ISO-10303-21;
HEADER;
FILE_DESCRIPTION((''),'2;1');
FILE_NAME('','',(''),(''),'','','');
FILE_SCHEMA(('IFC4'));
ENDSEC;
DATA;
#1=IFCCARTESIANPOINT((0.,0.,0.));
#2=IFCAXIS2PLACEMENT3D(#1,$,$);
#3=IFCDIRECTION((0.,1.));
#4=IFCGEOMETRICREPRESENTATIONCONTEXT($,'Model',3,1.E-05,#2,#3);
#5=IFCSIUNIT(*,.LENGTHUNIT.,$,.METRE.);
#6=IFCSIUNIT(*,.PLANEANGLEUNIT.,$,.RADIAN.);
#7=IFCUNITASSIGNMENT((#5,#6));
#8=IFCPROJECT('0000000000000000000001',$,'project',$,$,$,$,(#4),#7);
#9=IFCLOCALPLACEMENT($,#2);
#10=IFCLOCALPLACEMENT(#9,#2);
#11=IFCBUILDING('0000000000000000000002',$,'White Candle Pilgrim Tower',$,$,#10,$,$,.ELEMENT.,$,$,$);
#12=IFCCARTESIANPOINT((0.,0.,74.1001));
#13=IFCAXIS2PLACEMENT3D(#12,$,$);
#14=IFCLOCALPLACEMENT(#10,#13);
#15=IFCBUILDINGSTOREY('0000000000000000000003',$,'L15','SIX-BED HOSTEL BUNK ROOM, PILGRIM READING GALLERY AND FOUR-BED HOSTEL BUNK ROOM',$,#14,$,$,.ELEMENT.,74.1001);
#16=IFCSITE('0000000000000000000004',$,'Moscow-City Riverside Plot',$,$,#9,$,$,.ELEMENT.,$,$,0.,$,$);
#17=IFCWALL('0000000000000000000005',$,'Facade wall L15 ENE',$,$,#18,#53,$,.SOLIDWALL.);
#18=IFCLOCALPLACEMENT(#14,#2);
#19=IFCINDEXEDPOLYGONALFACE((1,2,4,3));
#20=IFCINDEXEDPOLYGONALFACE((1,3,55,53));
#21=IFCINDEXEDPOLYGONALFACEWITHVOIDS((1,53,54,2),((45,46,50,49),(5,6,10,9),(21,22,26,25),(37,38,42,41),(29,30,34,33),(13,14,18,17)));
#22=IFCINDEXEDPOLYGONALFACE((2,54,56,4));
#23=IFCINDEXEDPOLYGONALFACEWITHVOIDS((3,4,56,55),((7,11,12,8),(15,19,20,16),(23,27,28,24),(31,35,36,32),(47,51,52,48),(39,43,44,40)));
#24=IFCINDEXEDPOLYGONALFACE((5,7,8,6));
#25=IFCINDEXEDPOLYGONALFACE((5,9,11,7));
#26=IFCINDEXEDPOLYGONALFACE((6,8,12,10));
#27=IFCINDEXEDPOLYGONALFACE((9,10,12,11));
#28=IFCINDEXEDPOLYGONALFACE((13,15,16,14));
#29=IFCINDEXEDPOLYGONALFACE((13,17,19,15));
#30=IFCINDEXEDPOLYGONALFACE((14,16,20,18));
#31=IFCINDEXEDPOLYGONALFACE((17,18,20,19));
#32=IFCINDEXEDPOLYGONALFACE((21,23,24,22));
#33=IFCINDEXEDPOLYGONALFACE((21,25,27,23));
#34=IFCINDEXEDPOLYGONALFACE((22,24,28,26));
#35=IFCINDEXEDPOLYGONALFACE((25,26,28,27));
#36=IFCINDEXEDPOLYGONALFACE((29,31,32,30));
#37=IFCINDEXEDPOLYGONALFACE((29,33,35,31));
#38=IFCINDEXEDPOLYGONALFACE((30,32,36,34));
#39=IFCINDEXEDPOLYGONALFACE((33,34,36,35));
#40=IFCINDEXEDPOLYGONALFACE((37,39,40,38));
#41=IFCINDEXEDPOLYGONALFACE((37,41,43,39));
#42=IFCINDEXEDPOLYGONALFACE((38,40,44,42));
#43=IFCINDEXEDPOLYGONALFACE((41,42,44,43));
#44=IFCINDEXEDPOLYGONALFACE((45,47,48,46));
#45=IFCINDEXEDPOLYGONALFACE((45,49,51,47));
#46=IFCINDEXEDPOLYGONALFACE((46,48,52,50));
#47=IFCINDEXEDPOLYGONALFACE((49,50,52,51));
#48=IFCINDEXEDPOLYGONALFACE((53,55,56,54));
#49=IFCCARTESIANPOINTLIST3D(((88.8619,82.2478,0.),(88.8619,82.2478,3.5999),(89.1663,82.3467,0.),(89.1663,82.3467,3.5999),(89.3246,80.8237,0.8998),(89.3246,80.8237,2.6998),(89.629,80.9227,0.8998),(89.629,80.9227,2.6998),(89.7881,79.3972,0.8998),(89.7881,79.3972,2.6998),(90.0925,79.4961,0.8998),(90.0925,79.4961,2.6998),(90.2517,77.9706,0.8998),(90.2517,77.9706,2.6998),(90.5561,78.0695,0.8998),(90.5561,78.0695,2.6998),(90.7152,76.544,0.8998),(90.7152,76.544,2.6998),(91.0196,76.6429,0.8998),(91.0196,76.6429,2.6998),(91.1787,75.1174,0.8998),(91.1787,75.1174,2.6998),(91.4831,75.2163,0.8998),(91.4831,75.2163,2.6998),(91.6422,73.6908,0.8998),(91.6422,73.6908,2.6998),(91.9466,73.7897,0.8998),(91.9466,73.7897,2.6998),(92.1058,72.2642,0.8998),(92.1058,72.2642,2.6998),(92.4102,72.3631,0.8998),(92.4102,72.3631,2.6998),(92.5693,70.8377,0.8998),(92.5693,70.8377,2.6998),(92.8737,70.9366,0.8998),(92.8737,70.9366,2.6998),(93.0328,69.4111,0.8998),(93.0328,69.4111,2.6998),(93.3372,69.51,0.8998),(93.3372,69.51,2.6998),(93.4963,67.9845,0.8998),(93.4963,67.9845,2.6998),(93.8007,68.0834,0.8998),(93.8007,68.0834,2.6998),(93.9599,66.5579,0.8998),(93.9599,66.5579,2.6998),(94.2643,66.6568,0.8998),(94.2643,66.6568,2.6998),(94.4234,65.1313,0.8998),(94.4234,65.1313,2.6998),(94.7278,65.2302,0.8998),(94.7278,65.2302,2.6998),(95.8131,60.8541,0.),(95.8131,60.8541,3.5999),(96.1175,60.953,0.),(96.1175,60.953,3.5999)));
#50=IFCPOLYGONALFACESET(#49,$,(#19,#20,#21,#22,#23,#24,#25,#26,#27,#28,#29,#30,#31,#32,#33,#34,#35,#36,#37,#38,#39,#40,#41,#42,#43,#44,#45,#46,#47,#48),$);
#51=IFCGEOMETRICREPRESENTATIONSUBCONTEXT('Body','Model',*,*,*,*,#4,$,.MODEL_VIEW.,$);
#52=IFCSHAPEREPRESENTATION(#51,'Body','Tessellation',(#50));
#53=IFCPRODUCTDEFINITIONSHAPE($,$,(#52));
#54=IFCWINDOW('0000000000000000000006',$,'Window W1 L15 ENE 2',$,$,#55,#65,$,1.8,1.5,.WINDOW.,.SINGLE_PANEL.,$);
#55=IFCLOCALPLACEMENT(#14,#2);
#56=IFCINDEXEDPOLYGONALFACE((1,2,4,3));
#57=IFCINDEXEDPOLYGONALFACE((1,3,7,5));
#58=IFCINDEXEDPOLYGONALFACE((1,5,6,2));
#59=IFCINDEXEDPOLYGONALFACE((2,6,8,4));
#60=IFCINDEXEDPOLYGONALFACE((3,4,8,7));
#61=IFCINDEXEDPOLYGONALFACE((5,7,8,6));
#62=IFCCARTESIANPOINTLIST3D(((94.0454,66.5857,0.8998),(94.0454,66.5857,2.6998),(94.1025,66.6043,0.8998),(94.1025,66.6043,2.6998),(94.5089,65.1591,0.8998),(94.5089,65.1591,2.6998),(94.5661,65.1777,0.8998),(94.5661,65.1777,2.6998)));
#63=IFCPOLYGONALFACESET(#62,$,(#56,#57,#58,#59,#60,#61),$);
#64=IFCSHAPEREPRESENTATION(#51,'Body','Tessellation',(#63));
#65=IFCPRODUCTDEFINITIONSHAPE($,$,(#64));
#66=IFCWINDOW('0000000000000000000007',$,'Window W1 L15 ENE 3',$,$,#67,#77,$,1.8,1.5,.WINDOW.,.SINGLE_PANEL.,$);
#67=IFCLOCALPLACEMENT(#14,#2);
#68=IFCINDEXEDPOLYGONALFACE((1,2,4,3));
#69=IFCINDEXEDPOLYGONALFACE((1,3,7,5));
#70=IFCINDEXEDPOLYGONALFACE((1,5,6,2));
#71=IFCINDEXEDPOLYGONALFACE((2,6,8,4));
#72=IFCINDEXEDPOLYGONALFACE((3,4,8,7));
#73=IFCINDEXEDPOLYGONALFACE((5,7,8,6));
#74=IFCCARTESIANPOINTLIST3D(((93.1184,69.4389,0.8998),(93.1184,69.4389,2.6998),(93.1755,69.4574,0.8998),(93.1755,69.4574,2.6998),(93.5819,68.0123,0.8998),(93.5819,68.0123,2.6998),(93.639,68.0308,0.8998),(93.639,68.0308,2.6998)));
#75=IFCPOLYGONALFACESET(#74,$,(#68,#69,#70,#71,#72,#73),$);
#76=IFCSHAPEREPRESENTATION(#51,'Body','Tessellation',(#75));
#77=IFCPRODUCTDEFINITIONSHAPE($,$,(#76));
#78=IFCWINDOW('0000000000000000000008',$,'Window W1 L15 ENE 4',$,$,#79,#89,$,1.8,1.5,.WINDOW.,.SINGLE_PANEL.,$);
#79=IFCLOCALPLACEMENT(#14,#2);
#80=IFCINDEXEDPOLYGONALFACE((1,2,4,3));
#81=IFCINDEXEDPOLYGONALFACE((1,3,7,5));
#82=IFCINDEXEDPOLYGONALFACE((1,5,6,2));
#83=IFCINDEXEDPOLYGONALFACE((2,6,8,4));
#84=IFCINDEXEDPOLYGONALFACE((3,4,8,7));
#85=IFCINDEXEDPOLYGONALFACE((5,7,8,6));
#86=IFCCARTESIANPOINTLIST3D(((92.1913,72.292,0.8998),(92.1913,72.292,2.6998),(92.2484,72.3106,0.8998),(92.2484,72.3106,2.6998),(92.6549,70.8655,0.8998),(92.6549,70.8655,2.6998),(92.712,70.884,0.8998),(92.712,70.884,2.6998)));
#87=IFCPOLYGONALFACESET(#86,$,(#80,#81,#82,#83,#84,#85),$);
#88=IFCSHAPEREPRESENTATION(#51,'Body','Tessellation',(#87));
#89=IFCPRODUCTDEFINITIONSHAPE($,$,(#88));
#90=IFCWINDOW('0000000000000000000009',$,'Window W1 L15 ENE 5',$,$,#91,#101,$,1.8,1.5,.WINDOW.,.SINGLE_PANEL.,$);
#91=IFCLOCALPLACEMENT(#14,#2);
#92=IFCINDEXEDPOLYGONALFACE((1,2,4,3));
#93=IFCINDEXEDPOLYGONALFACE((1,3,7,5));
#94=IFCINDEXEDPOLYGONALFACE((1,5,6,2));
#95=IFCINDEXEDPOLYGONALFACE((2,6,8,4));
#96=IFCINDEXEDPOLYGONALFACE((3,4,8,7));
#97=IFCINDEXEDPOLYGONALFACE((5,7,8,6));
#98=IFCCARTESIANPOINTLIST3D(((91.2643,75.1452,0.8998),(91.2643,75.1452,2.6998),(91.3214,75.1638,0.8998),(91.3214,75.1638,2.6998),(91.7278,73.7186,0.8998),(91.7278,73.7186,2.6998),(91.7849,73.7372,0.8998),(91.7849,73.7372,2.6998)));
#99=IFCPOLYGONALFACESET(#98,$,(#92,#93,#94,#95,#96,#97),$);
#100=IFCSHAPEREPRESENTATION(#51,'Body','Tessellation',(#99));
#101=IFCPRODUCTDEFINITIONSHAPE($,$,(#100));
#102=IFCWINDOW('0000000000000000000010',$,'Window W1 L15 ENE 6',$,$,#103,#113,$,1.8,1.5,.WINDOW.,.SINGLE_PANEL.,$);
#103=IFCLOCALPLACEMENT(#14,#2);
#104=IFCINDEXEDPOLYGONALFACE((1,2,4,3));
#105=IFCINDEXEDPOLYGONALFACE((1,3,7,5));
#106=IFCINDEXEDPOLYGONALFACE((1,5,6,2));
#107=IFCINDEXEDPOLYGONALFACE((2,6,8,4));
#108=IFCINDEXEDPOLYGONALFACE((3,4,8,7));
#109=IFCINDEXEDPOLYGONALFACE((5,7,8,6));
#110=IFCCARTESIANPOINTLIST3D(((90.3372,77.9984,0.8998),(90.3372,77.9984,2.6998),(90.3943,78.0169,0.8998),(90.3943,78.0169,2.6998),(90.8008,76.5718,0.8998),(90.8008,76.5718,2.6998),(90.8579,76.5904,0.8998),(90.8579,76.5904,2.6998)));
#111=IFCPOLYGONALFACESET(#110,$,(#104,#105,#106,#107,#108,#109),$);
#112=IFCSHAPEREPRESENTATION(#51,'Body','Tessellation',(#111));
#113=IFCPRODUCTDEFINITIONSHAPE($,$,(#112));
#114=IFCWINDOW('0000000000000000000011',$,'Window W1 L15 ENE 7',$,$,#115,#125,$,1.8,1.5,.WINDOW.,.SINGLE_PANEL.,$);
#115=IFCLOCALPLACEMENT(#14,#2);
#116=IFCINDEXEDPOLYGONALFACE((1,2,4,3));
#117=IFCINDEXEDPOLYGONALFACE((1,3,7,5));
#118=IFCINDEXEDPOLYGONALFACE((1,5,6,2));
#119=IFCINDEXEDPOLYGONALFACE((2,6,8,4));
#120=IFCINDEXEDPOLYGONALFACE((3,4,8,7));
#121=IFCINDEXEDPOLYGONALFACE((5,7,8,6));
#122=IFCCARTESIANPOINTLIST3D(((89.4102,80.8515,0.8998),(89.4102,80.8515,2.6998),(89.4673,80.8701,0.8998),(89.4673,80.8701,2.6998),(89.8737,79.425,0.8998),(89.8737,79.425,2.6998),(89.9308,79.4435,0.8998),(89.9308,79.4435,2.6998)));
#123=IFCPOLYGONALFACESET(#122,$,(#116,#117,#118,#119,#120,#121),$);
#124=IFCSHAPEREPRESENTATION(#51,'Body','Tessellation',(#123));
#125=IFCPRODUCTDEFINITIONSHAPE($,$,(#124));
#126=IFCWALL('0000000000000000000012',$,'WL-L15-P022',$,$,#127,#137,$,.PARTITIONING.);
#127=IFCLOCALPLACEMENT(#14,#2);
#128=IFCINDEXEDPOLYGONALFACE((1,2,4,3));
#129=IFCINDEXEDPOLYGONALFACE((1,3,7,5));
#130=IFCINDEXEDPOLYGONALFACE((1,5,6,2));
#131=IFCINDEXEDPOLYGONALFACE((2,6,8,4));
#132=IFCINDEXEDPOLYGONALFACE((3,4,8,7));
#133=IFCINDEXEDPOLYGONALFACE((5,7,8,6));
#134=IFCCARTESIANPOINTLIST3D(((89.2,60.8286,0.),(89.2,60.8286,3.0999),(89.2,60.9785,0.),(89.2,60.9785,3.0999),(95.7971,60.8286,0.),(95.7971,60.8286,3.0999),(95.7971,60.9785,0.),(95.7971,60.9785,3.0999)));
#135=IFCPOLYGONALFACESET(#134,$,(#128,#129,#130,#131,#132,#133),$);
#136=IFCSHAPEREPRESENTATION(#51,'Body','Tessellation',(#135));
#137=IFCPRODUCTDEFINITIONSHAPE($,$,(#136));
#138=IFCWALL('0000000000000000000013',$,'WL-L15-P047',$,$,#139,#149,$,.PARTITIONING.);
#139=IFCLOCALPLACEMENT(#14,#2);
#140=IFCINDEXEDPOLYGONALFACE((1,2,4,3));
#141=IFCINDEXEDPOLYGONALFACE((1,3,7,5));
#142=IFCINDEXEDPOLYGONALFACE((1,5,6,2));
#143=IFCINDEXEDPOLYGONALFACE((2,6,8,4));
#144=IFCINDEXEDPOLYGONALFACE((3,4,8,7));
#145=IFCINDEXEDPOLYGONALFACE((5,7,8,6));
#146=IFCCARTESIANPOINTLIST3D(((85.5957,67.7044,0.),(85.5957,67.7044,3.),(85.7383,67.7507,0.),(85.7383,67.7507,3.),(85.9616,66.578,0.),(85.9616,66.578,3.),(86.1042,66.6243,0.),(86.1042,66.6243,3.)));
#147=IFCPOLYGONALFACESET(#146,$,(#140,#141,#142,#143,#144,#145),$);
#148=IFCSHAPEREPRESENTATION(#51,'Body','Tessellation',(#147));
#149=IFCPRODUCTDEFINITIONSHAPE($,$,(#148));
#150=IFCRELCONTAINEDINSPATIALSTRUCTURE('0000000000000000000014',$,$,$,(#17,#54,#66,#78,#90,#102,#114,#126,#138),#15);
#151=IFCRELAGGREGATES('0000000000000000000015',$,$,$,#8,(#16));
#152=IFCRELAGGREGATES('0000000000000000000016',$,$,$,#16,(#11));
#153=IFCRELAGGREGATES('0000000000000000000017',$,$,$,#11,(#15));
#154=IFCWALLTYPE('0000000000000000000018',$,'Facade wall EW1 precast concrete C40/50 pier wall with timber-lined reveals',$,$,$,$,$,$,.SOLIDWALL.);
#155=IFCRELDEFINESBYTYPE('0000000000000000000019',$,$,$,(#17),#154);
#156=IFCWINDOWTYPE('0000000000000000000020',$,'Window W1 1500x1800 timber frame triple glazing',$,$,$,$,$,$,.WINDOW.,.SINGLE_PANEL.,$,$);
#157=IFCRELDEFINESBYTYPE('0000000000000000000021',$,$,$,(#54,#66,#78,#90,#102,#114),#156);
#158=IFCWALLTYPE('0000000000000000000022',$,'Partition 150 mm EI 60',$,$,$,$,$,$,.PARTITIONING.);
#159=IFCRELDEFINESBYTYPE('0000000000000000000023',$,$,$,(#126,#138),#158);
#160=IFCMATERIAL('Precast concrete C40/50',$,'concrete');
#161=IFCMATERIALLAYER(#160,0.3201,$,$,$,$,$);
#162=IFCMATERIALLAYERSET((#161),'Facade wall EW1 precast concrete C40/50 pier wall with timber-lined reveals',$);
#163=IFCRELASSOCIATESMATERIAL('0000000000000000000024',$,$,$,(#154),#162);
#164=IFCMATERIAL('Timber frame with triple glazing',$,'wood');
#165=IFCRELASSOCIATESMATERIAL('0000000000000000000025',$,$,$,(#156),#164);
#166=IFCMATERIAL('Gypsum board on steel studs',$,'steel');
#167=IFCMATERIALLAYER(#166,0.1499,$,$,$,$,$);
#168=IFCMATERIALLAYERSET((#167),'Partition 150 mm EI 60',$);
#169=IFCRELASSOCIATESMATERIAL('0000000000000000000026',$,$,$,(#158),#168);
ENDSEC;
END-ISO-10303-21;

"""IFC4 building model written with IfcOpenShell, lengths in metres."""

from ifc_helpers import new_model, si_unit, direction, frame, frame_2d, origin, place, context, subcontext, project, spatial, rectangle, extrude, material, layer, layer_set, type_object, element, fill, save


model = new_model("IFC4")

# Units and contexts
model_context = context("Model", 3, precision=1e-05, world=origin(), true_north=direction((0.0, 1.0)))
body_context = subcontext(model_context, "Body", "Model", "MODEL_VIEW")
ifc_project = project(units=[si_unit("LENGTHUNIT", "METRE"), si_unit("PLANEANGLEUNIT", "RADIAN")], contexts=[model_context])

# Site, building, storey
site_placement = place(None, origin())
site = spatial("IfcSite", under=ifc_project, at=site_placement, Name="Moscow-City Riverside Plot", CompositionType="ELEMENT", RefElevation=0.0)
building_placement = place(site_placement, origin())
building = spatial("IfcBuilding", under=site, at=building_placement, Name="White Candle Pilgrim Tower", CompositionType="ELEMENT")
storey_placement = place(building_placement, frame((0.0, 0.0, 74.1001)))
storey = spatial("IfcBuildingStorey", under=building, at=storey_placement, Name="L15", Description="SIX-BED HOSTEL BUNK ROOM, PILGRIM READING GALLERY AND FOUR-BED HOSTEL BUNK ROOM", CompositionType="ELEMENT", Elevation=74.1001)

# Shared definitions
ifc_material_1 = material(Name="Gypsum board on steel studs", Category="steel")

# Wall, openings, windows
ifc_material_2 = material(Name="Precast concrete C40/50", Category="concrete")
ifc_layer_1 = layer(ifc_material_2, 0.3201)
ifc_layer_set_1 = layer_set([ifc_layer_1], Name="Facade wall EW1 precast concrete C40/50 pier wall with timber-lined reveals")
wall_type_1 = type_object("IfcWallType", Name="Facade wall EW1 precast concrete C40/50 pier wall with timber-lined reveals", PredefinedType="SOLIDWALL", material=ifc_layer_set_1)
wall_1_placement = place(storey_placement, frame((95.9653, 60.9036, 0.0), z_axis=(0.0, 0.0, 1.0), x_axis=(-0.309016, 0.951057, 0.0)))
wall_1 = element("IfcWall", 1, at=wall_1_placement, inside=storey, type_object=wall_type_1, Name="Facade wall L15 ENE", PredefinedType="SOLIDWALL", context=body_context, shape_type="SweptSolid", body=[
    extrude(rectangle(XDim=22.4946, YDim=0.3201, at=frame_2d((11.2473, 0.0))), origin(), (0.0, 0.0, 1.0), 3.5999),
])
opening_1_placement = place(wall_1_placement, frame((4.4973, 0.0, 0.8999)))
opening_1 = element("IfcOpeningElement", 2, at=opening_1_placement, cuts=wall_1, PredefinedType="OPENING", context=body_context, shape_type="SweptSolid", body=[
    extrude(rectangle(XDim=1.5, YDim=1.8, at=frame_2d((0.75, 0.8999))), frame((0.0, 0.1699, 0.0), z_axis=(0.0, -1.0, 0.0), x_axis=(1.0, 0.0, 0.0)), (0.0, 0.0, 1.0), 0.3401),
])
opening_2_placement = place(wall_1_placement, frame((7.4973, 0.0, 0.8999)))
opening_2 = element("IfcOpeningElement", 3, at=opening_2_placement, cuts=wall_1, PredefinedType="OPENING", context=body_context, shape_type="SweptSolid", body=[
    extrude(rectangle(XDim=1.5, YDim=1.8, at=frame_2d((0.75, 0.8999))), frame((0.0, 0.1699, 0.0), z_axis=(0.0, -1.0, 0.0), x_axis=(1.0, 0.0, 0.0)), (0.0, 0.0, 1.0), 0.3401),
])
opening_3_placement = place(wall_1_placement, frame((10.4973, 0.0, 0.8999)))
opening_3 = element("IfcOpeningElement", 4, at=opening_3_placement, cuts=wall_1, PredefinedType="OPENING", context=body_context, shape_type="SweptSolid", body=[
    extrude(rectangle(XDim=1.5, YDim=1.8, at=frame_2d((0.75, 0.8999))), frame((0.0, 0.1699, 0.0), z_axis=(0.0, -1.0, 0.0), x_axis=(1.0, 0.0, 0.0)), (0.0, 0.0, 1.0), 0.3401),
])
opening_4_placement = place(wall_1_placement, frame((13.4973, 0.0, 0.8999)))
opening_4 = element("IfcOpeningElement", 5, at=opening_4_placement, cuts=wall_1, PredefinedType="OPENING", context=body_context, shape_type="SweptSolid", body=[
    extrude(rectangle(XDim=1.5, YDim=1.8, at=frame_2d((0.75, 0.8999))), frame((0.0, 0.1699, 0.0), z_axis=(0.0, -1.0, 0.0), x_axis=(1.0, 0.0, 0.0)), (0.0, 0.0, 1.0), 0.3401),
])
opening_5_placement = place(wall_1_placement, frame((16.4973, 0.0, 0.8999)))
opening_5 = element("IfcOpeningElement", 6, at=opening_5_placement, cuts=wall_1, PredefinedType="OPENING", context=body_context, shape_type="SweptSolid", body=[
    extrude(rectangle(XDim=1.5, YDim=1.8, at=frame_2d((0.75, 0.8999))), frame((0.0, 0.1699, 0.0), z_axis=(0.0, -1.0, 0.0), x_axis=(1.0, 0.0, 0.0)), (0.0, 0.0, 1.0), 0.3401),
])
opening_6_placement = place(wall_1_placement, frame((19.4973, 0.0, 0.8999)))
opening_6 = element("IfcOpeningElement", 7, at=opening_6_placement, cuts=wall_1, PredefinedType="OPENING", context=body_context, shape_type="SweptSolid", body=[
    extrude(rectangle(XDim=1.5, YDim=1.8, at=frame_2d((0.75, 0.8999))), frame((0.0, 0.1699, 0.0), z_axis=(0.0, -1.0, 0.0), x_axis=(1.0, 0.0, 0.0)), (0.0, 0.0, 1.0), 0.3401),
])
ifc_material_3 = material(Name="Timber frame with triple glazing", Category="wood")
window_type = type_object("IfcWindowType", Name="Window W1 1500x1800 timber frame triple glazing", PartitioningType="SINGLE_PANEL", PredefinedType="WINDOW", material=ifc_material_3)
window_1_placement = place(opening_1_placement, origin())
window_1 = element("IfcWindow", 8, at=window_1_placement, inside=storey, type_object=window_type, Name="Window W1 L15 ENE 2", OverallHeight=1.8, OverallWidth=1.5, PartitioningType="SINGLE_PANEL", PredefinedType="WINDOW", context=body_context, shape_type="SweptSolid", body=[
    extrude(rectangle(XDim=1.5, YDim=1.8, at=frame_2d((0.75, 0.8999))), frame((0.0, 0.0701, 0.0), z_axis=(0.0, -1.0, 0.0), x_axis=(1.0, 0.0, 0.0)), (0.0, 0.0, 1.0), 0.0601),
])
fill(opening_1, window_1)
window_2_placement = place(opening_2_placement, origin())
window_2 = element("IfcWindow", 9, at=window_2_placement, inside=storey, type_object=window_type, Name="Window W1 L15 ENE 3", OverallHeight=1.8, OverallWidth=1.5, PartitioningType="SINGLE_PANEL", PredefinedType="WINDOW", context=body_context, shape_type="SweptSolid", body=[
    extrude(rectangle(XDim=1.5, YDim=1.8, at=frame_2d((0.75, 0.8999))), frame((0.0, 0.0701, 0.0), z_axis=(0.0, -1.0, 0.0), x_axis=(1.0, 0.0, 0.0)), (0.0, 0.0, 1.0), 0.0601),
])
fill(opening_2, window_2)
window_3_placement = place(opening_3_placement, origin())
window_3 = element("IfcWindow", 10, at=window_3_placement, inside=storey, type_object=window_type, Name="Window W1 L15 ENE 4", OverallHeight=1.8, OverallWidth=1.5, PartitioningType="SINGLE_PANEL", PredefinedType="WINDOW", context=body_context, shape_type="SweptSolid", body=[
    extrude(rectangle(XDim=1.5, YDim=1.8, at=frame_2d((0.75, 0.8999))), frame((0.0, 0.0701, 0.0), z_axis=(0.0, -1.0, 0.0), x_axis=(1.0, 0.0, 0.0)), (0.0, 0.0, 1.0), 0.0601),
])
fill(opening_3, window_3)
window_4_placement = place(opening_4_placement, origin())
window_4 = element("IfcWindow", 11, at=window_4_placement, inside=storey, type_object=window_type, Name="Window W1 L15 ENE 5", OverallHeight=1.8, OverallWidth=1.5, PartitioningType="SINGLE_PANEL", PredefinedType="WINDOW", context=body_context, shape_type="SweptSolid", body=[
    extrude(rectangle(XDim=1.5, YDim=1.8, at=frame_2d((0.75, 0.8999))), frame((0.0, 0.0701, 0.0), z_axis=(0.0, -1.0, 0.0), x_axis=(1.0, 0.0, 0.0)), (0.0, 0.0, 1.0), 0.0601),
])
fill(opening_4, window_4)
window_5_placement = place(opening_5_placement, origin())
window_5 = element("IfcWindow", 12, at=window_5_placement, inside=storey, type_object=window_type, Name="Window W1 L15 ENE 6", OverallHeight=1.8, OverallWidth=1.5, PartitioningType="SINGLE_PANEL", PredefinedType="WINDOW", context=body_context, shape_type="SweptSolid", body=[
    extrude(rectangle(XDim=1.5, YDim=1.8, at=frame_2d((0.75, 0.8999))), frame((0.0, 0.0701, 0.0), z_axis=(0.0, -1.0, 0.0), x_axis=(1.0, 0.0, 0.0)), (0.0, 0.0, 1.0), 0.0601),
])
fill(opening_5, window_5)
window_6_placement = place(opening_6_placement, origin())
window_6 = element("IfcWindow", 13, at=window_6_placement, inside=storey, type_object=window_type, Name="Window W1 L15 ENE 7", OverallHeight=1.8, OverallWidth=1.5, PartitioningType="SINGLE_PANEL", PredefinedType="WINDOW", context=body_context, shape_type="SweptSolid", body=[
    extrude(rectangle(XDim=1.5, YDim=1.8, at=frame_2d((0.75, 0.8999))), frame((0.0, 0.0701, 0.0), z_axis=(0.0, -1.0, 0.0), x_axis=(1.0, 0.0, 0.0)), (0.0, 0.0, 1.0), 0.0601),
])
fill(opening_6, window_6)

# Walls
ifc_layer_2 = layer(ifc_material_1, 0.1499)
ifc_layer_set_2 = layer_set([ifc_layer_2], Name="Partition 150 mm EI 60")
wall_type_2 = type_object("IfcWallType", Name="Partition 150 mm EI 60", PredefinedType="PARTITIONING", material=ifc_layer_set_2)
wall_2_placement = place(storey_placement, frame((95.7971, 60.9036, 0.0), z_axis=(0.0, 0.0, 1.0), x_axis=(-1.0, 0.0, 0.0)))
element("IfcWall", 14, at=wall_2_placement, inside=storey, type_object=wall_type_2, Name="WL-L15-P022", PredefinedType="PARTITIONING", context=body_context, shape_type="SweptSolid", body=[
    extrude(rectangle(XDim=6.5972, YDim=0.1499, at=frame_2d((3.2986, 0.0))), origin(), (0.0, 0.0, 1.0), 3.0999),
])
wall_3_placement = place(storey_placement, frame((86.033, 66.6011, 0.0), z_axis=(0.0, 0.0, 1.0), x_axis=(-0.308984, 0.951067, 0.0)))
element("IfcWall", 15, at=wall_3_placement, inside=storey, type_object=wall_type_2, Name="WL-L15-P047", PredefinedType="PARTITIONING", context=body_context, shape_type="SweptSolid", body=[
    extrude(rectangle(XDim=1.1843, YDim=0.1499, at=frame_2d((0.5923, 0.0))), origin(), (0.0, 0.0, 1.0), 3.0),
])

save(model, "model.ifc")
